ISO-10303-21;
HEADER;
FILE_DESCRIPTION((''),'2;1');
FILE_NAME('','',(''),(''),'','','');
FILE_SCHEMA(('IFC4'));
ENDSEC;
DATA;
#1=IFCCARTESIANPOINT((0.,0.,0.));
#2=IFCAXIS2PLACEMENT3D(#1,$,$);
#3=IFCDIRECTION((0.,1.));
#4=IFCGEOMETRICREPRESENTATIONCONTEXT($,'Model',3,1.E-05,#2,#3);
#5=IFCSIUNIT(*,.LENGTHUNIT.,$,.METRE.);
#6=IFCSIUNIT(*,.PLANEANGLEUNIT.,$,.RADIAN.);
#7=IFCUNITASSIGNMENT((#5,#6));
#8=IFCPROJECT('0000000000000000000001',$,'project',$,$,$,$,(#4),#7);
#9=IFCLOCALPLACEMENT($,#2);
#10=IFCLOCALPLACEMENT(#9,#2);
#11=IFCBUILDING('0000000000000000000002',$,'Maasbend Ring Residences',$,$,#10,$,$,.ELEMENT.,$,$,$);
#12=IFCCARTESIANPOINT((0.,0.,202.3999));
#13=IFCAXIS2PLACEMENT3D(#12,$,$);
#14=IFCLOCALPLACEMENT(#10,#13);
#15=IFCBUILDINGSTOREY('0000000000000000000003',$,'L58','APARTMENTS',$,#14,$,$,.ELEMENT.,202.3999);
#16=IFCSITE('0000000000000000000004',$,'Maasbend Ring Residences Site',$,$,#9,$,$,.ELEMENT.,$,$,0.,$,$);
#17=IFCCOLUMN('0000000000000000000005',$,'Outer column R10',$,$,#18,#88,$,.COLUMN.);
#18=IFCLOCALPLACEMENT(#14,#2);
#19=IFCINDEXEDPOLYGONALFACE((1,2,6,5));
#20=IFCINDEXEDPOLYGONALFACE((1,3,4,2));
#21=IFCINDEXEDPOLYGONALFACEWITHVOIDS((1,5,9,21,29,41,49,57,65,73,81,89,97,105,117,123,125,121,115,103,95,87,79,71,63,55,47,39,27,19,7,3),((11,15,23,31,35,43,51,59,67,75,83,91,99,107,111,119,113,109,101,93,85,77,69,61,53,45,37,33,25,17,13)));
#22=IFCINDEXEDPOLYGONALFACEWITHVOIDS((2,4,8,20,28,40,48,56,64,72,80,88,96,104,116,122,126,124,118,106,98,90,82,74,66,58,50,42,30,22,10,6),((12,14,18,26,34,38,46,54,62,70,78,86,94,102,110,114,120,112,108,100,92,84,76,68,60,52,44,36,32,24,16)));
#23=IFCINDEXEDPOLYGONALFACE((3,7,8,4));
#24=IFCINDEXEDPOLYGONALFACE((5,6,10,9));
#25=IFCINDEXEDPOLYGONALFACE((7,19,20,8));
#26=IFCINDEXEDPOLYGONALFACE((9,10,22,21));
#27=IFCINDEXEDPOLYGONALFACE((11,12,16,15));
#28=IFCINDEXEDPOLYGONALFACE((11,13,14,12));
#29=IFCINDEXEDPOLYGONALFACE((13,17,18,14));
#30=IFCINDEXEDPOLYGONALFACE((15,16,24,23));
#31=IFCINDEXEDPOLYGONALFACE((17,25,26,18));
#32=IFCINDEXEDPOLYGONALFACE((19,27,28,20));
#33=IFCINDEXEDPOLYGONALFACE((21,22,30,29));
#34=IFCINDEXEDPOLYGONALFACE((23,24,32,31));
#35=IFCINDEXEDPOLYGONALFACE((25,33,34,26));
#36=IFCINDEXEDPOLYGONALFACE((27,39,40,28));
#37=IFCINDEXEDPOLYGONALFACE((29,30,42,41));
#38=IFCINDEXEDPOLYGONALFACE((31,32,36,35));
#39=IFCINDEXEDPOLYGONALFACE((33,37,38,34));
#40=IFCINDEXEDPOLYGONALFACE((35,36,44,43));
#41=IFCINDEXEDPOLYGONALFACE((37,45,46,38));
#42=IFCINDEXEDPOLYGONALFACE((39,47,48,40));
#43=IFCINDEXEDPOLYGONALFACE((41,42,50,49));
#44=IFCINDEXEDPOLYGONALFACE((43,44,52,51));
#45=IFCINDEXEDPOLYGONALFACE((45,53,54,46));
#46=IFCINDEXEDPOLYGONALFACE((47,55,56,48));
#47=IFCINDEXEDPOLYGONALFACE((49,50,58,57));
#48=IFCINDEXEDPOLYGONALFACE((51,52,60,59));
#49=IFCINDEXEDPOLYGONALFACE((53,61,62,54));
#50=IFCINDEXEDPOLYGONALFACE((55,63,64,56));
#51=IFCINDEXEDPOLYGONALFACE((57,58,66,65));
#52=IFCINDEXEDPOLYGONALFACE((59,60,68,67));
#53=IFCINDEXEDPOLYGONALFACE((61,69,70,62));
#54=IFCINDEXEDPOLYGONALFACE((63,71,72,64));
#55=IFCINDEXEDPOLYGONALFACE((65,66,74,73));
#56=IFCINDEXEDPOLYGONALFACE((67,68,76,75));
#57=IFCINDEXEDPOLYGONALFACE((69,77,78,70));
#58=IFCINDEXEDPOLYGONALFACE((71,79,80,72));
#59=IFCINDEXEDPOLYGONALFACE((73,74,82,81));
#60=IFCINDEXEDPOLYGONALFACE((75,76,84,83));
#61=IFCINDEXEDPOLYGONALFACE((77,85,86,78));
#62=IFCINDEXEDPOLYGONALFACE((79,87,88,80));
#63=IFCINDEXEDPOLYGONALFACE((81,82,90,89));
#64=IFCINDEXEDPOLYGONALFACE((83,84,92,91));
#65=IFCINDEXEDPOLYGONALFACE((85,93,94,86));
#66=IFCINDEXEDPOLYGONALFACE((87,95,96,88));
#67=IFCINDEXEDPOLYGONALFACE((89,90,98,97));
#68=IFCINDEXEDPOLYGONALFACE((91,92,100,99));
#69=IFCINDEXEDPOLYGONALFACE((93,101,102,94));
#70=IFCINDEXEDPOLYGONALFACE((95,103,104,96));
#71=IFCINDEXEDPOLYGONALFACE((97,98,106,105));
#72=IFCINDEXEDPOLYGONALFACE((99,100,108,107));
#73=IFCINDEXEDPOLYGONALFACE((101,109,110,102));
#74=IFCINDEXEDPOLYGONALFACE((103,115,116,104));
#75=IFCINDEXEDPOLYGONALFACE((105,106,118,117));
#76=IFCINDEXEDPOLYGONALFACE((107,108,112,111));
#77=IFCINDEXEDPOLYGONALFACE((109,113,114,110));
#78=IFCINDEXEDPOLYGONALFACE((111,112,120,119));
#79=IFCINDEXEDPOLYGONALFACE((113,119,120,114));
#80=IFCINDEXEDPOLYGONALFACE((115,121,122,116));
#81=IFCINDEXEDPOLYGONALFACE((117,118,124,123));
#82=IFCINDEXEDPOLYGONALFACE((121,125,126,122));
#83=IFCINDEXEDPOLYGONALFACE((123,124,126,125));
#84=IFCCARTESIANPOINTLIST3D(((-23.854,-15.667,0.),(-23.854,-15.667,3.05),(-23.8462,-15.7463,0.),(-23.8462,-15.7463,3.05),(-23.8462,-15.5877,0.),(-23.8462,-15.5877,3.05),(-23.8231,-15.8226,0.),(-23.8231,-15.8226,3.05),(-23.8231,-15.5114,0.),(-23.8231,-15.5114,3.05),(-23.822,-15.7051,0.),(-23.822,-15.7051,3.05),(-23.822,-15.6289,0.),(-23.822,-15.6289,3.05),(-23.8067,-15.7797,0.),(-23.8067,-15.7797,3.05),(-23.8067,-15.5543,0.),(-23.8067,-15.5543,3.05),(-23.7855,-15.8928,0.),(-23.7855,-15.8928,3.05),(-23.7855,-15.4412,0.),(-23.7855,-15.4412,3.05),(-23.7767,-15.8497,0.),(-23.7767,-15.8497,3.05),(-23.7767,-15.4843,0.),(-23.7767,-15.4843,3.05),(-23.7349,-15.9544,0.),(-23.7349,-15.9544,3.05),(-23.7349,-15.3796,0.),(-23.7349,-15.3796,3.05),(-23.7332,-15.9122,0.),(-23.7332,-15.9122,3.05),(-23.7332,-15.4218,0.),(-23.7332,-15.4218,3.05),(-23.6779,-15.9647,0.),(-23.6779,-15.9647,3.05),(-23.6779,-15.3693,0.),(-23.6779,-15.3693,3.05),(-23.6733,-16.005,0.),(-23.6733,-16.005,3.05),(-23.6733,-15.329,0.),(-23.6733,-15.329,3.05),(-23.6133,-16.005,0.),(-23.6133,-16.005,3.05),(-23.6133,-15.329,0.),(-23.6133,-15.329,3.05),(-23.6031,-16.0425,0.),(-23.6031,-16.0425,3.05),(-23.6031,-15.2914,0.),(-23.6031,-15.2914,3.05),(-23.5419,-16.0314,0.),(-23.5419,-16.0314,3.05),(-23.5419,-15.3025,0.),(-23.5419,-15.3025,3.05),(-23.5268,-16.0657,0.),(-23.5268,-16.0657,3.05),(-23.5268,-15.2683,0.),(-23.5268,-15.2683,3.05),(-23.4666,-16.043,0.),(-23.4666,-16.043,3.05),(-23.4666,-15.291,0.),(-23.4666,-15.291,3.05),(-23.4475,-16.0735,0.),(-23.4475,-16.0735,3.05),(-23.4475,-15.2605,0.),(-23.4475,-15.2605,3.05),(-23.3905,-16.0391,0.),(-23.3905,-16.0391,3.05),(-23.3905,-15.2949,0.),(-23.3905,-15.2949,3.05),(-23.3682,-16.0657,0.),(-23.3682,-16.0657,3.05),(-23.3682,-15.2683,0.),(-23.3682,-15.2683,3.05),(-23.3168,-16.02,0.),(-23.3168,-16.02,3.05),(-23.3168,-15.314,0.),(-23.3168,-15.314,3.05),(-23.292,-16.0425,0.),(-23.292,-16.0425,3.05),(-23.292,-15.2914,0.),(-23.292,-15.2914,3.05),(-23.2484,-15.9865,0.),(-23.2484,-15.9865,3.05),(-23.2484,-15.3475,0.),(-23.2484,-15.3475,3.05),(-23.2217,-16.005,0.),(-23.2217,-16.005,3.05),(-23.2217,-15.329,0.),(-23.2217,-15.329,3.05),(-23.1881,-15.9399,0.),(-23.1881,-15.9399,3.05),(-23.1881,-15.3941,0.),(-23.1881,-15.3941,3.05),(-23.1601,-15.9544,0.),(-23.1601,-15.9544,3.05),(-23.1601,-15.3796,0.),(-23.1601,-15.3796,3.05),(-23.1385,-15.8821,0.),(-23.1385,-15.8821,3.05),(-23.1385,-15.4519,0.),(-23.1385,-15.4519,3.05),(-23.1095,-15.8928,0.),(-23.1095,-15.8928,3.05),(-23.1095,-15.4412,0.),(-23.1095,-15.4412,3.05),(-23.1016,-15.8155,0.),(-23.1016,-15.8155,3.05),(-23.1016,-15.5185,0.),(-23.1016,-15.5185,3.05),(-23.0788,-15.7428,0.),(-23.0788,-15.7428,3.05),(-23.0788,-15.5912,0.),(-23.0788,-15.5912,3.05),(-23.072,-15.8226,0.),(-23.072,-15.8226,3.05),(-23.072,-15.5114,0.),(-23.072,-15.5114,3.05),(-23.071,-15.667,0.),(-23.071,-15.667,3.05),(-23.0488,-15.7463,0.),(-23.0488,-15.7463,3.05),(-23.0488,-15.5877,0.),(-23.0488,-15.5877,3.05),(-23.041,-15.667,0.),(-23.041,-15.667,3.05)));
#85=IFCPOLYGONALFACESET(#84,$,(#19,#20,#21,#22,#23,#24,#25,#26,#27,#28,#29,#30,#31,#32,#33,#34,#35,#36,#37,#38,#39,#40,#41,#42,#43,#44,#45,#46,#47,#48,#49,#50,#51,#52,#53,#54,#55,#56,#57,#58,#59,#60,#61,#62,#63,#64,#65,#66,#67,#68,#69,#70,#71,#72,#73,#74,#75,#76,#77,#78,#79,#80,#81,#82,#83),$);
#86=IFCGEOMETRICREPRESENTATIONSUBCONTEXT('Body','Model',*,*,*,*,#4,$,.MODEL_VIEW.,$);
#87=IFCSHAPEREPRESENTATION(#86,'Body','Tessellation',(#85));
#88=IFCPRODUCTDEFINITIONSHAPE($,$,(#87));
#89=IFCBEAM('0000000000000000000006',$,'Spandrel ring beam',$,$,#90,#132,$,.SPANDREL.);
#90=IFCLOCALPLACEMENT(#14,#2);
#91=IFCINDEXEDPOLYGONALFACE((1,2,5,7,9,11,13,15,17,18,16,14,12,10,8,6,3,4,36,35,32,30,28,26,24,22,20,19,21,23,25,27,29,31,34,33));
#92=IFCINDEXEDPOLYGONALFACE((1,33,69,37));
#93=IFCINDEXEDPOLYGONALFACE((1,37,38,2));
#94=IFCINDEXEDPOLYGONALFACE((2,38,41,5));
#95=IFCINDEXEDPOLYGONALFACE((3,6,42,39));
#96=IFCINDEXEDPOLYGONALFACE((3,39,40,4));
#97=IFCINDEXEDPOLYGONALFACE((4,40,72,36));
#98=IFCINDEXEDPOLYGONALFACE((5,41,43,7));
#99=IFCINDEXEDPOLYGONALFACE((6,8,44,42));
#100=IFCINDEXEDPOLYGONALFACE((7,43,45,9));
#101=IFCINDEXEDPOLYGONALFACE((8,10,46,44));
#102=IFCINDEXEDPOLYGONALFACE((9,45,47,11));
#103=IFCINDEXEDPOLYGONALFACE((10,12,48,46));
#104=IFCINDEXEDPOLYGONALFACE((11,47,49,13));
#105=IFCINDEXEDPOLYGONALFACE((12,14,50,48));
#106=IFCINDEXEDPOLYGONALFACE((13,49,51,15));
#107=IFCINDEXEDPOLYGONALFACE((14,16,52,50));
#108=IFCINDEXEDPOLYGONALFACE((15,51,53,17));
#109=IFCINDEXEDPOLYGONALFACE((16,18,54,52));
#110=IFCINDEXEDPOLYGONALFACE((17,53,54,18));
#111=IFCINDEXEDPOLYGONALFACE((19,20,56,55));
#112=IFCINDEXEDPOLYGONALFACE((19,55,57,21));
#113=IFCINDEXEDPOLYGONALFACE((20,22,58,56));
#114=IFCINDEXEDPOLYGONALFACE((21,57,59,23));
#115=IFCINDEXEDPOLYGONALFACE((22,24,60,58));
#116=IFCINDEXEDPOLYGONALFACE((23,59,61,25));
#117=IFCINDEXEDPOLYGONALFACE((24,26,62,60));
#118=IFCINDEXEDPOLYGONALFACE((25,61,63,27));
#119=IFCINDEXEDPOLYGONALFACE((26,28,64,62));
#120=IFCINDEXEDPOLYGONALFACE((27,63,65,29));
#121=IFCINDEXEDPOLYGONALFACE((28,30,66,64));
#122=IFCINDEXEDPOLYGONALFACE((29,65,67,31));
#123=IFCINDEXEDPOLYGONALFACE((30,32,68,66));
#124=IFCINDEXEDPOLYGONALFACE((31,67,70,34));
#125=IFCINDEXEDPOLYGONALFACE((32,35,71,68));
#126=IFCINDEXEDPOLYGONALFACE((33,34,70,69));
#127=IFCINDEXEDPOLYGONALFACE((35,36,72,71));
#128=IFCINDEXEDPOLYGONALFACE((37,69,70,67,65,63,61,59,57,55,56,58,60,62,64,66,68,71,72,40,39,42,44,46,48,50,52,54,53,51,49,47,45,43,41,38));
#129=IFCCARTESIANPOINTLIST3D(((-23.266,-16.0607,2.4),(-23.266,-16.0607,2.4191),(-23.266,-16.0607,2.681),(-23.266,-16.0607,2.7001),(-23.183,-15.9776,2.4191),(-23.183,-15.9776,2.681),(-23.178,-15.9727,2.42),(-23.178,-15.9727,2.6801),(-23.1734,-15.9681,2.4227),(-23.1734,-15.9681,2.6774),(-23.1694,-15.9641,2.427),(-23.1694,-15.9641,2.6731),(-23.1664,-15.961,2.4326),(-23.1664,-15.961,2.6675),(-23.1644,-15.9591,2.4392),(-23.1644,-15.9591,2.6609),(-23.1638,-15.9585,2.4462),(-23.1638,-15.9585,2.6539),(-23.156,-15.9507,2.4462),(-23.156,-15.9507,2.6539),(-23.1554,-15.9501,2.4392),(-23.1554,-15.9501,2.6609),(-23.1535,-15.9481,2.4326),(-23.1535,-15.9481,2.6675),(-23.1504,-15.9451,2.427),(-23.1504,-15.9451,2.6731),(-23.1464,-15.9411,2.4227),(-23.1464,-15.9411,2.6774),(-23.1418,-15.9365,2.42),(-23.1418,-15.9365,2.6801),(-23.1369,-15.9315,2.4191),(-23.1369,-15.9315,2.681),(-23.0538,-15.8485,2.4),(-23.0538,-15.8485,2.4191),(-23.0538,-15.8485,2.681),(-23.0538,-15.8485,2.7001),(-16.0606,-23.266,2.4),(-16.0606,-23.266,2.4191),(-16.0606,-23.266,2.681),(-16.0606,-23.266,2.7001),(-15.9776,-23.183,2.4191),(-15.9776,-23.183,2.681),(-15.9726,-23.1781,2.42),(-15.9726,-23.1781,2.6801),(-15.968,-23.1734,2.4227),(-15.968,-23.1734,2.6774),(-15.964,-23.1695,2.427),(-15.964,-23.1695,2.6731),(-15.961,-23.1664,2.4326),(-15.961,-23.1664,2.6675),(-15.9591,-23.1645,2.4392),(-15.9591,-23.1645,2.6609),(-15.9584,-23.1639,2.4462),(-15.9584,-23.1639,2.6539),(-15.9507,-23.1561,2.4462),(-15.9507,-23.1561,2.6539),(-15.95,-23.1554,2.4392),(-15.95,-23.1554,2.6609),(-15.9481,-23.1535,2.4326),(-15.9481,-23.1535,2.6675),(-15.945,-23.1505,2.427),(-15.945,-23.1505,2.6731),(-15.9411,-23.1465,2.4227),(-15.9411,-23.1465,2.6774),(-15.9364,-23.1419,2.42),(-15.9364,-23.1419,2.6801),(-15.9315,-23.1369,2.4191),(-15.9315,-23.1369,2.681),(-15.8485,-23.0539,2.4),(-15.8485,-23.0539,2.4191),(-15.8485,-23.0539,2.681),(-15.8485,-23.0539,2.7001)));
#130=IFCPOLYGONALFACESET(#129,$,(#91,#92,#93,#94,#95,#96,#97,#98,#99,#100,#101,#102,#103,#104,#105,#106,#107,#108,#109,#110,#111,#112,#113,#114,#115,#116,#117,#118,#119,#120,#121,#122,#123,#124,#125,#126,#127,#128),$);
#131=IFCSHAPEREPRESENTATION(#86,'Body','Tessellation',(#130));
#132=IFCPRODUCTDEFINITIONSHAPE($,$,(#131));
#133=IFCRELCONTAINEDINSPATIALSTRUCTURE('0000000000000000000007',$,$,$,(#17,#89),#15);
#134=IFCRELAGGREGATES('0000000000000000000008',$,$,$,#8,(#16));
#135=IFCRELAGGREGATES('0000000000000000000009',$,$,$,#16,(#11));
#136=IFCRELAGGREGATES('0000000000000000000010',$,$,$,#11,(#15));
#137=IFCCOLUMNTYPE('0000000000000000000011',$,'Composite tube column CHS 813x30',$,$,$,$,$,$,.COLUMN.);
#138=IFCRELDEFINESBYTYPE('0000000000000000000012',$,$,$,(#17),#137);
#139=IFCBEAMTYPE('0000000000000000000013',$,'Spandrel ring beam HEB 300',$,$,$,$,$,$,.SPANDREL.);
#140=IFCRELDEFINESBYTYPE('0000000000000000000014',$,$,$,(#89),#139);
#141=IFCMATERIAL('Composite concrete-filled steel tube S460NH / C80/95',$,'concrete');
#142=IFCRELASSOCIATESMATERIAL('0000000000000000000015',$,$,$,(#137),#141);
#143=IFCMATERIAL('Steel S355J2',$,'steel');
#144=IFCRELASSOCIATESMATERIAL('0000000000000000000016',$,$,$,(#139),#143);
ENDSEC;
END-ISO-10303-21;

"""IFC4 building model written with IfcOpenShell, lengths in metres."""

from ifc_helpers import new_model, si_unit, direction, frame, origin, origin_2d, place, context, subcontext, project, spatial, hollow_circle, i_section, extrude, material, material_profile, profile_set, type_object, element, save


model = new_model("IFC4")

# Units and contexts
model_context = context("Model", 3, precision=1e-05, world=origin(), true_north=direction((0.0, 1.0)))
body_context = subcontext(model_context, "Body", "Model", "MODEL_VIEW")
ifc_project = project(units=[si_unit("LENGTHUNIT", "METRE"), si_unit("PLANEANGLEUNIT", "RADIAN")], contexts=[model_context])

# Site, building, storey
site_placement = place(None, origin())
site = spatial("IfcSite", under=ifc_project, at=site_placement, Name="Maasbend Ring Residences Site", CompositionType="ELEMENT", RefElevation=0.0)
building_placement = place(site_placement, origin())
building = spatial("IfcBuilding", under=site, at=building_placement, Name="Maasbend Ring Residences", CompositionType="ELEMENT")
storey_placement = place(building_placement, frame((0.0, 0.0, 202.3999)))
storey = spatial("IfcBuildingStorey", under=building, at=storey_placement, Name="L58", Description="APARTMENTS", CompositionType="ELEMENT", Elevation=202.3999)

# Column
ifc_material_1 = material(Name="Composite concrete-filled steel tube S460NH / C80/95", Category="concrete")
ifc_material_profile_1 = material_profile(ifc_material_1, hollow_circle(Radius=0.4065, WallThickness=0.03, at=origin_2d()), Name="Composite tube column CHS 813x30")
ifc_profile_set_1 = profile_set([ifc_material_profile_1], Name="Composite concrete-filled steel tube S460NH / C80/95")
column_type = type_object("IfcColumnType", Name="Composite tube column CHS 813x30", PredefinedType="COLUMN", material=ifc_profile_set_1)
column_placement = place(storey_placement, frame((-23.4475, -15.667, 0.0), z_axis=(0.0, 0.0, 1.0), x_axis=(1.0, 0.0, 0.0)))
element("IfcColumn", 1, at=column_placement, inside=storey, type_object=column_type, Name="Outer column R10", PredefinedType="COLUMN", context=body_context, shape_type="SweptSolid", body=[
    extrude(hollow_circle(Radius=0.4065, WallThickness=0.03, at=origin_2d()), origin(), (0.0, 0.0, 1.0), 3.05),
])

# Beam
ifc_material_2 = material(Name="Steel S355J2", Category="steel")
ifc_material_profile_2 = material_profile(ifc_material_2, i_section(OverallWidth=0.3, OverallDepth=0.3, WebThickness=0.011, FlangeThickness=0.019, FilletRadius=0.0271, at=origin_2d()), Name="HEB 300")
ifc_profile_set_2 = profile_set([ifc_material_profile_2], Name="Steel S355J2")
beam_type = type_object("IfcBeamType", Name="Spandrel ring beam HEB 300", PredefinedType="SPANDREL", material=ifc_profile_set_2)
beam_placement = place(storey_placement, frame((-23.1599, -15.9546, 2.55), z_axis=(0.707107, -0.707107, 0.0), x_axis=(0.707107, 0.707107, 0.0)))
element("IfcBeam", 2, at=beam_placement, inside=storey, type_object=beam_type, Name="Spandrel ring beam", PredefinedType="SPANDREL", context=body_context, shape_type="SweptSolid", body=[
    extrude(i_section(OverallWidth=0.3, OverallDepth=0.3, WebThickness=0.011, FlangeThickness=0.019, FilletRadius=0.0271, at=origin_2d()), origin(), (0.0, 0.0, 1.0), 10.1899),
])

save(model, "model.ifc")
